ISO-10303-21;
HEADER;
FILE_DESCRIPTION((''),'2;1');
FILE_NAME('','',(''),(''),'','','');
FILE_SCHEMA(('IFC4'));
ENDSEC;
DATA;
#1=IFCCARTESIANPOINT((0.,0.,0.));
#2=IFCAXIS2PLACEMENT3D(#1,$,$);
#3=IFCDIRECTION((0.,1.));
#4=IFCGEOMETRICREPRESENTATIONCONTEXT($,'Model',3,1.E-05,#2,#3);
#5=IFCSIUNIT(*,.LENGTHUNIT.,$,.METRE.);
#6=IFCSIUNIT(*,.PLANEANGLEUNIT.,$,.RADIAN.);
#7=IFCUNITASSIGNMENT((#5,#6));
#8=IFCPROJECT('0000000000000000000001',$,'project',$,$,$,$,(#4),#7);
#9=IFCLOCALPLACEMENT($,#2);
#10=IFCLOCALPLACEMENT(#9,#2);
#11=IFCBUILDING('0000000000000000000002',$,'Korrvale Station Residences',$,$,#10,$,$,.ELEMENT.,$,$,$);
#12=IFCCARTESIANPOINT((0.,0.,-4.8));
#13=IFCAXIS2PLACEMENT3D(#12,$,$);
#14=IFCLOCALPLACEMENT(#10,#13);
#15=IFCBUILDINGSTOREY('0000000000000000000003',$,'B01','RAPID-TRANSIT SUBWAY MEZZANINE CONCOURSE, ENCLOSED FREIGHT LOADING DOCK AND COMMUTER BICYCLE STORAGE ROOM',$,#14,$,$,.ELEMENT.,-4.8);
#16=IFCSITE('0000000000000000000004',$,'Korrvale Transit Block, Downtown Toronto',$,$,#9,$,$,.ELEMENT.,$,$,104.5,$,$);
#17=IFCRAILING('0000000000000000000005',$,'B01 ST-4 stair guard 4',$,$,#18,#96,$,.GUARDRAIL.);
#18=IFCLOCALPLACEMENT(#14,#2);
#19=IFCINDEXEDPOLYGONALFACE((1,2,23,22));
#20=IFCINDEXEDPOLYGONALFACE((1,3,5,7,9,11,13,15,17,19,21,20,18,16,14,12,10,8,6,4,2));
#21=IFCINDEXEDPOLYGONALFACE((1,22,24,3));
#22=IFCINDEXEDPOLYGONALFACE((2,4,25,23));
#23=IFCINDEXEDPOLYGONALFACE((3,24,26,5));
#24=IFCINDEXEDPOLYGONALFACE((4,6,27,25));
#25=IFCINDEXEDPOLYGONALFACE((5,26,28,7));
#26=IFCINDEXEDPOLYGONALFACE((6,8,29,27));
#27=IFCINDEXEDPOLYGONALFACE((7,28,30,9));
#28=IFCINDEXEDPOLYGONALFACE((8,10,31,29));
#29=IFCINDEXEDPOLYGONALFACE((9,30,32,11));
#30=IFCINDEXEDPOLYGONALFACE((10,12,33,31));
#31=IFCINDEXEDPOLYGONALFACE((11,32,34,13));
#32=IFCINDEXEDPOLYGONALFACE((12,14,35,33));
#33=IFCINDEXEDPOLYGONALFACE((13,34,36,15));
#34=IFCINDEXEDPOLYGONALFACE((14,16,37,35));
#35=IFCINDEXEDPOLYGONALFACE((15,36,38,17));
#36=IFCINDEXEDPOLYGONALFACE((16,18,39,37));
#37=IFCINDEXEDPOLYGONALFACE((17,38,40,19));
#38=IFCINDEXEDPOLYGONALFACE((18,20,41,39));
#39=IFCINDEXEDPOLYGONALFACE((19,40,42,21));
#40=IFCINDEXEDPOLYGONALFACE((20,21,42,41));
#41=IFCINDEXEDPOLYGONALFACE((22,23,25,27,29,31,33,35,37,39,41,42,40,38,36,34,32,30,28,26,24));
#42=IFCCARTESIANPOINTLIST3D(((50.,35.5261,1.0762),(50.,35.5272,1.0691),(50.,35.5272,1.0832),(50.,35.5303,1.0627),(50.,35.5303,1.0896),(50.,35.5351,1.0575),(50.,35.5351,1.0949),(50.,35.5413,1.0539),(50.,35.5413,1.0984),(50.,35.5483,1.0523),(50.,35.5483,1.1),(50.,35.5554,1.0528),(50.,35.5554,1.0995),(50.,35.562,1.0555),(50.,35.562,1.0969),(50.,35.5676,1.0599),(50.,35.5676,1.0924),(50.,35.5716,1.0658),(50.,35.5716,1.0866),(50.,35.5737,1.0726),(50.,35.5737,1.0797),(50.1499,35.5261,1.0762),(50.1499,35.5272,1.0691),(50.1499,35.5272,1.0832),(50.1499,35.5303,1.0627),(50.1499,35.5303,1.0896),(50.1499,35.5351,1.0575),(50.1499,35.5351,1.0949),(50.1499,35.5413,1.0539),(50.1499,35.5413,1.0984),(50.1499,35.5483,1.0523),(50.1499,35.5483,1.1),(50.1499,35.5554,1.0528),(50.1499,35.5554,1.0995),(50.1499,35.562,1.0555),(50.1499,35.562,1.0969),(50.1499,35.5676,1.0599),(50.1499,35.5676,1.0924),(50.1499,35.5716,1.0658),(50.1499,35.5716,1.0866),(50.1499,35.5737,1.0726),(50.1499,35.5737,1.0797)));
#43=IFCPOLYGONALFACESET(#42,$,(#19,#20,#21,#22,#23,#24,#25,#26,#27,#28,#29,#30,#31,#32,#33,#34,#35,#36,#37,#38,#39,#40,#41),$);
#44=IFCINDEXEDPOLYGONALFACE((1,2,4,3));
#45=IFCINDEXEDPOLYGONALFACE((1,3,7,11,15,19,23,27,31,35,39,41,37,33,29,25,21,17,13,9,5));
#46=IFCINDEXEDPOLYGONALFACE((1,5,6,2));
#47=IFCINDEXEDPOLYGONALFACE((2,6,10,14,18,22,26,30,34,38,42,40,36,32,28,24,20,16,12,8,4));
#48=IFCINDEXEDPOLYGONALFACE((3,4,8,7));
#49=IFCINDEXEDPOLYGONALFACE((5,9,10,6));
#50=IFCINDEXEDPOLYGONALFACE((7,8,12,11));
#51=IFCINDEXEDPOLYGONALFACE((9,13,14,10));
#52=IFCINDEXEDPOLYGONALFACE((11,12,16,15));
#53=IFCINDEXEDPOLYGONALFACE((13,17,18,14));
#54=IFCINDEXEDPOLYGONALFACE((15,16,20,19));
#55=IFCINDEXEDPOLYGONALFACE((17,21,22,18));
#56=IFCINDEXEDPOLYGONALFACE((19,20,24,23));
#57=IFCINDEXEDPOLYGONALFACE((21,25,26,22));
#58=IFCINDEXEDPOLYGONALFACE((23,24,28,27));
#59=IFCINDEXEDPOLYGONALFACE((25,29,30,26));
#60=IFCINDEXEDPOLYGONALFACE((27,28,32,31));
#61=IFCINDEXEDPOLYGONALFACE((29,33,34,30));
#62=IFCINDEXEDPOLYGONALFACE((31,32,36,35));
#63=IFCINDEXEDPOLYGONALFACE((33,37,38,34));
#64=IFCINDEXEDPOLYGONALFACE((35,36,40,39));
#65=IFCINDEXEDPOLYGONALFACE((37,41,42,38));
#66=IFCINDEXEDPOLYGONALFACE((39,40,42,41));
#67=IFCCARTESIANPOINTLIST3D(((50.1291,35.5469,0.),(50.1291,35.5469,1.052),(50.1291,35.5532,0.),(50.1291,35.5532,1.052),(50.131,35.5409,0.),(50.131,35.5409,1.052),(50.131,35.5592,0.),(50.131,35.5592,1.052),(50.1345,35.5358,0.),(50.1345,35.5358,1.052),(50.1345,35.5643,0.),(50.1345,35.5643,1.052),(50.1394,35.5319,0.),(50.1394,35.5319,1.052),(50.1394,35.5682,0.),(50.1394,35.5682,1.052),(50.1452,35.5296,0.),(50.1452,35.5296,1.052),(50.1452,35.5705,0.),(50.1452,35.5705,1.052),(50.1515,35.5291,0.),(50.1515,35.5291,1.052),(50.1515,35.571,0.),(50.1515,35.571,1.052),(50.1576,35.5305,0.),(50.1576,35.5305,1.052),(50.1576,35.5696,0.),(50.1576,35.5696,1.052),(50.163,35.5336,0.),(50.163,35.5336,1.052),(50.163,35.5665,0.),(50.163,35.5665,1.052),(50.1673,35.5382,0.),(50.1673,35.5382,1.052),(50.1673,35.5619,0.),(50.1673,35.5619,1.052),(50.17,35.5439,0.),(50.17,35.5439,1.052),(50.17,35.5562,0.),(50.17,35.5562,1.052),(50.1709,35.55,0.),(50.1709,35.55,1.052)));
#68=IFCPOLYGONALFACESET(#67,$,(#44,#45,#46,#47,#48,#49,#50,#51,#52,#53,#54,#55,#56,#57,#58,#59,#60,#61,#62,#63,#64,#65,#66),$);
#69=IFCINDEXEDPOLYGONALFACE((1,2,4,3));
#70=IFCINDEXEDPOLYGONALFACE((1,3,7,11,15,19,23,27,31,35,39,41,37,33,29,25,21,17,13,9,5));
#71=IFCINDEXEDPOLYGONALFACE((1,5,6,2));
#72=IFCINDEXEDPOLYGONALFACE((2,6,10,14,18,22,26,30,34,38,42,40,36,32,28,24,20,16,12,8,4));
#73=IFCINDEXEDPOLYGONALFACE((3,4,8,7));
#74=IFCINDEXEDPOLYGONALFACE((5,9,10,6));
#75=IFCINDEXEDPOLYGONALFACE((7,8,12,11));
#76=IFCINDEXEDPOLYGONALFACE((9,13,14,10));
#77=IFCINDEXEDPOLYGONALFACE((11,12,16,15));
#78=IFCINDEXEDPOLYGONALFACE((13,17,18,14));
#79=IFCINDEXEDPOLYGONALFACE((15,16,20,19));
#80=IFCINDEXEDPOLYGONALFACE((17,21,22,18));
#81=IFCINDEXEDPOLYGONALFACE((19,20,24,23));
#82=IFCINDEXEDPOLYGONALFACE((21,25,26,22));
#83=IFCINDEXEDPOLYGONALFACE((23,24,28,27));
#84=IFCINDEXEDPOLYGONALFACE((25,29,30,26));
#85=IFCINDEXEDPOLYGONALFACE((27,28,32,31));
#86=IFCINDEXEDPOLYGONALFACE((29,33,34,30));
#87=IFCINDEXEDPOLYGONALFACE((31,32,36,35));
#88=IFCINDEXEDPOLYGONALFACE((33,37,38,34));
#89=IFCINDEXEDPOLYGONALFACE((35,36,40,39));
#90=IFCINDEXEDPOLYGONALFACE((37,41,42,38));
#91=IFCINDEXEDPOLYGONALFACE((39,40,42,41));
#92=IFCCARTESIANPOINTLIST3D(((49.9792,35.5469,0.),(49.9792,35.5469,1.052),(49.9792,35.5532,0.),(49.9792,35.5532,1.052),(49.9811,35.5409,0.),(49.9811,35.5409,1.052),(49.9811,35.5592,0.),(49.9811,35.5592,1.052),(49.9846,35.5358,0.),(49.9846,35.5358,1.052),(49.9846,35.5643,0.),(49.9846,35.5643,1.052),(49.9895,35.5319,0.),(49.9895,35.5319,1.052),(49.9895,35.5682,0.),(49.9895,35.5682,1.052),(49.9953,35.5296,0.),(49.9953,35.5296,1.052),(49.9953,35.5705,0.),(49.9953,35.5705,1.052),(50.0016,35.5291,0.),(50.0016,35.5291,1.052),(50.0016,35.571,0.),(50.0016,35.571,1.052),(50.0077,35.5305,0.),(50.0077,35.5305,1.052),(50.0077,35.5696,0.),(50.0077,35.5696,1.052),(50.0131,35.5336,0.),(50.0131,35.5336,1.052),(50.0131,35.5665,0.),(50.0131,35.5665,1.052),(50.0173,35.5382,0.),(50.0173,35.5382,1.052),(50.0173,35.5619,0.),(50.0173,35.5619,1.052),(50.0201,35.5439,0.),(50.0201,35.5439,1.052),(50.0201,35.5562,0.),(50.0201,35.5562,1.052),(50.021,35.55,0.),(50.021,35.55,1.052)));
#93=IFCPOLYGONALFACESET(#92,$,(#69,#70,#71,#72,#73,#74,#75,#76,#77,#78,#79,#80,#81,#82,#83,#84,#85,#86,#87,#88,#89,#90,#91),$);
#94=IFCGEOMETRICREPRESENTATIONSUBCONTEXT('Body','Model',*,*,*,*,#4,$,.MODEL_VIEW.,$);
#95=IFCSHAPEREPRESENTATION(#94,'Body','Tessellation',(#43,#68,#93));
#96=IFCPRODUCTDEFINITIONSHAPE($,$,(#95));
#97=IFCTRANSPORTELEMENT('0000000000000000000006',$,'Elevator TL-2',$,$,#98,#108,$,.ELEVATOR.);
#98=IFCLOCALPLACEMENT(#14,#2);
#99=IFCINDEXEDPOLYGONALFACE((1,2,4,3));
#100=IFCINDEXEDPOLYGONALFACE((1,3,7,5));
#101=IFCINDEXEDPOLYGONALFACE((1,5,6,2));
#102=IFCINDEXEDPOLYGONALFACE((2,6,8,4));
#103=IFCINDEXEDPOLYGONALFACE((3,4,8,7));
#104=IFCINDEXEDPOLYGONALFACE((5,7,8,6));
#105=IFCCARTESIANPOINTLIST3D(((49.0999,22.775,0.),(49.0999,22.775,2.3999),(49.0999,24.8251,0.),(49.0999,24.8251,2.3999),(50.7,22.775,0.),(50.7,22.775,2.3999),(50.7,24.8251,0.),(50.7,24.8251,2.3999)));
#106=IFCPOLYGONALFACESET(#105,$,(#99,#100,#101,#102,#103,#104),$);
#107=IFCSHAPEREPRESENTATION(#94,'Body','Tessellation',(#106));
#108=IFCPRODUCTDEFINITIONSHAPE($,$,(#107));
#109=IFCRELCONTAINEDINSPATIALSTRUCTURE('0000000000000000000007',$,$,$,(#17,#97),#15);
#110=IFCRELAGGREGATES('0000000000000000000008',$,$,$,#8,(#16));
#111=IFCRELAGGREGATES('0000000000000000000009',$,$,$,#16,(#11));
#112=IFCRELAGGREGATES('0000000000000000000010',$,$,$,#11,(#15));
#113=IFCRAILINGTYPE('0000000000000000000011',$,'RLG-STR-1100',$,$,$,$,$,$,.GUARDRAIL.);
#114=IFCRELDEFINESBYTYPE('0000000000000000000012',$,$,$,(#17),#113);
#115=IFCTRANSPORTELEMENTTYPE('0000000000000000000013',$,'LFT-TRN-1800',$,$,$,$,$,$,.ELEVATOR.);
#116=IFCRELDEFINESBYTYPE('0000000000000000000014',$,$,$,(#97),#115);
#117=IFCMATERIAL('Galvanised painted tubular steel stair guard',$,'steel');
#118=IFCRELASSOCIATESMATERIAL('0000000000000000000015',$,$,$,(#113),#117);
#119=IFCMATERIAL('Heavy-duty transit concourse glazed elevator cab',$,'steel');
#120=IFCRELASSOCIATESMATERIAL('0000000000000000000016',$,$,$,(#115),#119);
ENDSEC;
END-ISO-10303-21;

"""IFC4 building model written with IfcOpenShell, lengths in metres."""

from ifc_helpers import new_model, si_unit, direction, frame, origin, origin_2d, place, context, subcontext, project, spatial, rectangle, circle, extrude, material, type_object, element, save


model = new_model("IFC4")

# Units and contexts
model_context = context("Model", 3, precision=1e-05, world=origin(), true_north=direction((0.0, 1.0)))
body_context = subcontext(model_context, "Body", "Model", "MODEL_VIEW")
ifc_project = project(units=[si_unit("LENGTHUNIT", "METRE"), si_unit("PLANEANGLEUNIT", "RADIAN")], contexts=[model_context])

# Site, building, storey
site_placement = place(None, origin())
site = spatial("IfcSite", under=ifc_project, at=site_placement, Name="Korrvale Transit Block, Downtown Toronto", CompositionType="ELEMENT", RefElevation=104.5)
building_placement = place(site_placement, origin())
building = spatial("IfcBuilding", under=site, at=building_placement, Name="Korrvale Station Residences", CompositionType="ELEMENT")
storey_placement = place(building_placement, frame((0.0, 0.0, -4.8)))
storey = spatial("IfcBuildingStorey", under=building, at=storey_placement, Name="B01", Description="RAPID-TRANSIT SUBWAY MEZZANINE CONCOURSE, ENCLOSED FREIGHT LOADING DOCK AND COMMUTER BICYCLE STORAGE ROOM", CompositionType="ELEMENT", Elevation=-4.8)

# Railing
ifc_material_1 = material(Name="Galvanised painted tubular steel stair guard", Category="steel")
railing_type_1 = type_object("IfcRailingType", Name="RLG-STR-1100", PredefinedType="GUARDRAIL", material=ifc_material_1)
railing_1_placement = place(storey_placement, frame((50.1499, 35.55, 0.0)))
element("IfcRailing", 1, at=railing_1_placement, inside=storey, type_object=railing_type_1, Name="B01 ST-4 stair guard 4", PredefinedType="GUARDRAIL", context=body_context, shape_type="SweptSolid", body=[
    extrude(circle(Radius=0.0239, at=origin_2d()), frame((0.0, 0.0, 1.0762), z_axis=(-1.0, 0.0, 0.0), x_axis=(0.0, -1.0, 0.0)), (0.0, 0.0, 1.0), 0.1499),
    extrude(circle(Radius=0.021, at=origin_2d()), origin(), (0.0, 0.0, 1.0), 1.052),
    extrude(circle(Radius=0.021, at=origin_2d()), frame((-0.1499, 0.0, 0.0)), (0.0, 0.0, 1.0), 1.052),
])

# Transport element
ifc_material_2 = material(Name="Heavy-duty transit concourse glazed elevator cab", Category="steel")
transport_element_type = type_object("IfcTransportElementType", Name="LFT-TRN-1800", PredefinedType="ELEVATOR", material=ifc_material_2)
transport_element_placement = place(storey_placement, frame((49.8999, 23.8, 0.0), z_axis=(0.0, 0.0, 1.0), x_axis=(0.0, 1.0, 0.0)))
element("IfcTransportElement", 2, at=transport_element_placement, inside=storey, type_object=transport_element_type, Name="Elevator TL-2", PredefinedType="ELEVATOR", context=body_context, shape_type="SweptSolid", body=[
    extrude(rectangle(XDim=2.05, YDim=1.6001, at=origin_2d()), origin(), (0.0, 0.0, 1.0), 2.3999),
])

save(model, "model.ifc")
